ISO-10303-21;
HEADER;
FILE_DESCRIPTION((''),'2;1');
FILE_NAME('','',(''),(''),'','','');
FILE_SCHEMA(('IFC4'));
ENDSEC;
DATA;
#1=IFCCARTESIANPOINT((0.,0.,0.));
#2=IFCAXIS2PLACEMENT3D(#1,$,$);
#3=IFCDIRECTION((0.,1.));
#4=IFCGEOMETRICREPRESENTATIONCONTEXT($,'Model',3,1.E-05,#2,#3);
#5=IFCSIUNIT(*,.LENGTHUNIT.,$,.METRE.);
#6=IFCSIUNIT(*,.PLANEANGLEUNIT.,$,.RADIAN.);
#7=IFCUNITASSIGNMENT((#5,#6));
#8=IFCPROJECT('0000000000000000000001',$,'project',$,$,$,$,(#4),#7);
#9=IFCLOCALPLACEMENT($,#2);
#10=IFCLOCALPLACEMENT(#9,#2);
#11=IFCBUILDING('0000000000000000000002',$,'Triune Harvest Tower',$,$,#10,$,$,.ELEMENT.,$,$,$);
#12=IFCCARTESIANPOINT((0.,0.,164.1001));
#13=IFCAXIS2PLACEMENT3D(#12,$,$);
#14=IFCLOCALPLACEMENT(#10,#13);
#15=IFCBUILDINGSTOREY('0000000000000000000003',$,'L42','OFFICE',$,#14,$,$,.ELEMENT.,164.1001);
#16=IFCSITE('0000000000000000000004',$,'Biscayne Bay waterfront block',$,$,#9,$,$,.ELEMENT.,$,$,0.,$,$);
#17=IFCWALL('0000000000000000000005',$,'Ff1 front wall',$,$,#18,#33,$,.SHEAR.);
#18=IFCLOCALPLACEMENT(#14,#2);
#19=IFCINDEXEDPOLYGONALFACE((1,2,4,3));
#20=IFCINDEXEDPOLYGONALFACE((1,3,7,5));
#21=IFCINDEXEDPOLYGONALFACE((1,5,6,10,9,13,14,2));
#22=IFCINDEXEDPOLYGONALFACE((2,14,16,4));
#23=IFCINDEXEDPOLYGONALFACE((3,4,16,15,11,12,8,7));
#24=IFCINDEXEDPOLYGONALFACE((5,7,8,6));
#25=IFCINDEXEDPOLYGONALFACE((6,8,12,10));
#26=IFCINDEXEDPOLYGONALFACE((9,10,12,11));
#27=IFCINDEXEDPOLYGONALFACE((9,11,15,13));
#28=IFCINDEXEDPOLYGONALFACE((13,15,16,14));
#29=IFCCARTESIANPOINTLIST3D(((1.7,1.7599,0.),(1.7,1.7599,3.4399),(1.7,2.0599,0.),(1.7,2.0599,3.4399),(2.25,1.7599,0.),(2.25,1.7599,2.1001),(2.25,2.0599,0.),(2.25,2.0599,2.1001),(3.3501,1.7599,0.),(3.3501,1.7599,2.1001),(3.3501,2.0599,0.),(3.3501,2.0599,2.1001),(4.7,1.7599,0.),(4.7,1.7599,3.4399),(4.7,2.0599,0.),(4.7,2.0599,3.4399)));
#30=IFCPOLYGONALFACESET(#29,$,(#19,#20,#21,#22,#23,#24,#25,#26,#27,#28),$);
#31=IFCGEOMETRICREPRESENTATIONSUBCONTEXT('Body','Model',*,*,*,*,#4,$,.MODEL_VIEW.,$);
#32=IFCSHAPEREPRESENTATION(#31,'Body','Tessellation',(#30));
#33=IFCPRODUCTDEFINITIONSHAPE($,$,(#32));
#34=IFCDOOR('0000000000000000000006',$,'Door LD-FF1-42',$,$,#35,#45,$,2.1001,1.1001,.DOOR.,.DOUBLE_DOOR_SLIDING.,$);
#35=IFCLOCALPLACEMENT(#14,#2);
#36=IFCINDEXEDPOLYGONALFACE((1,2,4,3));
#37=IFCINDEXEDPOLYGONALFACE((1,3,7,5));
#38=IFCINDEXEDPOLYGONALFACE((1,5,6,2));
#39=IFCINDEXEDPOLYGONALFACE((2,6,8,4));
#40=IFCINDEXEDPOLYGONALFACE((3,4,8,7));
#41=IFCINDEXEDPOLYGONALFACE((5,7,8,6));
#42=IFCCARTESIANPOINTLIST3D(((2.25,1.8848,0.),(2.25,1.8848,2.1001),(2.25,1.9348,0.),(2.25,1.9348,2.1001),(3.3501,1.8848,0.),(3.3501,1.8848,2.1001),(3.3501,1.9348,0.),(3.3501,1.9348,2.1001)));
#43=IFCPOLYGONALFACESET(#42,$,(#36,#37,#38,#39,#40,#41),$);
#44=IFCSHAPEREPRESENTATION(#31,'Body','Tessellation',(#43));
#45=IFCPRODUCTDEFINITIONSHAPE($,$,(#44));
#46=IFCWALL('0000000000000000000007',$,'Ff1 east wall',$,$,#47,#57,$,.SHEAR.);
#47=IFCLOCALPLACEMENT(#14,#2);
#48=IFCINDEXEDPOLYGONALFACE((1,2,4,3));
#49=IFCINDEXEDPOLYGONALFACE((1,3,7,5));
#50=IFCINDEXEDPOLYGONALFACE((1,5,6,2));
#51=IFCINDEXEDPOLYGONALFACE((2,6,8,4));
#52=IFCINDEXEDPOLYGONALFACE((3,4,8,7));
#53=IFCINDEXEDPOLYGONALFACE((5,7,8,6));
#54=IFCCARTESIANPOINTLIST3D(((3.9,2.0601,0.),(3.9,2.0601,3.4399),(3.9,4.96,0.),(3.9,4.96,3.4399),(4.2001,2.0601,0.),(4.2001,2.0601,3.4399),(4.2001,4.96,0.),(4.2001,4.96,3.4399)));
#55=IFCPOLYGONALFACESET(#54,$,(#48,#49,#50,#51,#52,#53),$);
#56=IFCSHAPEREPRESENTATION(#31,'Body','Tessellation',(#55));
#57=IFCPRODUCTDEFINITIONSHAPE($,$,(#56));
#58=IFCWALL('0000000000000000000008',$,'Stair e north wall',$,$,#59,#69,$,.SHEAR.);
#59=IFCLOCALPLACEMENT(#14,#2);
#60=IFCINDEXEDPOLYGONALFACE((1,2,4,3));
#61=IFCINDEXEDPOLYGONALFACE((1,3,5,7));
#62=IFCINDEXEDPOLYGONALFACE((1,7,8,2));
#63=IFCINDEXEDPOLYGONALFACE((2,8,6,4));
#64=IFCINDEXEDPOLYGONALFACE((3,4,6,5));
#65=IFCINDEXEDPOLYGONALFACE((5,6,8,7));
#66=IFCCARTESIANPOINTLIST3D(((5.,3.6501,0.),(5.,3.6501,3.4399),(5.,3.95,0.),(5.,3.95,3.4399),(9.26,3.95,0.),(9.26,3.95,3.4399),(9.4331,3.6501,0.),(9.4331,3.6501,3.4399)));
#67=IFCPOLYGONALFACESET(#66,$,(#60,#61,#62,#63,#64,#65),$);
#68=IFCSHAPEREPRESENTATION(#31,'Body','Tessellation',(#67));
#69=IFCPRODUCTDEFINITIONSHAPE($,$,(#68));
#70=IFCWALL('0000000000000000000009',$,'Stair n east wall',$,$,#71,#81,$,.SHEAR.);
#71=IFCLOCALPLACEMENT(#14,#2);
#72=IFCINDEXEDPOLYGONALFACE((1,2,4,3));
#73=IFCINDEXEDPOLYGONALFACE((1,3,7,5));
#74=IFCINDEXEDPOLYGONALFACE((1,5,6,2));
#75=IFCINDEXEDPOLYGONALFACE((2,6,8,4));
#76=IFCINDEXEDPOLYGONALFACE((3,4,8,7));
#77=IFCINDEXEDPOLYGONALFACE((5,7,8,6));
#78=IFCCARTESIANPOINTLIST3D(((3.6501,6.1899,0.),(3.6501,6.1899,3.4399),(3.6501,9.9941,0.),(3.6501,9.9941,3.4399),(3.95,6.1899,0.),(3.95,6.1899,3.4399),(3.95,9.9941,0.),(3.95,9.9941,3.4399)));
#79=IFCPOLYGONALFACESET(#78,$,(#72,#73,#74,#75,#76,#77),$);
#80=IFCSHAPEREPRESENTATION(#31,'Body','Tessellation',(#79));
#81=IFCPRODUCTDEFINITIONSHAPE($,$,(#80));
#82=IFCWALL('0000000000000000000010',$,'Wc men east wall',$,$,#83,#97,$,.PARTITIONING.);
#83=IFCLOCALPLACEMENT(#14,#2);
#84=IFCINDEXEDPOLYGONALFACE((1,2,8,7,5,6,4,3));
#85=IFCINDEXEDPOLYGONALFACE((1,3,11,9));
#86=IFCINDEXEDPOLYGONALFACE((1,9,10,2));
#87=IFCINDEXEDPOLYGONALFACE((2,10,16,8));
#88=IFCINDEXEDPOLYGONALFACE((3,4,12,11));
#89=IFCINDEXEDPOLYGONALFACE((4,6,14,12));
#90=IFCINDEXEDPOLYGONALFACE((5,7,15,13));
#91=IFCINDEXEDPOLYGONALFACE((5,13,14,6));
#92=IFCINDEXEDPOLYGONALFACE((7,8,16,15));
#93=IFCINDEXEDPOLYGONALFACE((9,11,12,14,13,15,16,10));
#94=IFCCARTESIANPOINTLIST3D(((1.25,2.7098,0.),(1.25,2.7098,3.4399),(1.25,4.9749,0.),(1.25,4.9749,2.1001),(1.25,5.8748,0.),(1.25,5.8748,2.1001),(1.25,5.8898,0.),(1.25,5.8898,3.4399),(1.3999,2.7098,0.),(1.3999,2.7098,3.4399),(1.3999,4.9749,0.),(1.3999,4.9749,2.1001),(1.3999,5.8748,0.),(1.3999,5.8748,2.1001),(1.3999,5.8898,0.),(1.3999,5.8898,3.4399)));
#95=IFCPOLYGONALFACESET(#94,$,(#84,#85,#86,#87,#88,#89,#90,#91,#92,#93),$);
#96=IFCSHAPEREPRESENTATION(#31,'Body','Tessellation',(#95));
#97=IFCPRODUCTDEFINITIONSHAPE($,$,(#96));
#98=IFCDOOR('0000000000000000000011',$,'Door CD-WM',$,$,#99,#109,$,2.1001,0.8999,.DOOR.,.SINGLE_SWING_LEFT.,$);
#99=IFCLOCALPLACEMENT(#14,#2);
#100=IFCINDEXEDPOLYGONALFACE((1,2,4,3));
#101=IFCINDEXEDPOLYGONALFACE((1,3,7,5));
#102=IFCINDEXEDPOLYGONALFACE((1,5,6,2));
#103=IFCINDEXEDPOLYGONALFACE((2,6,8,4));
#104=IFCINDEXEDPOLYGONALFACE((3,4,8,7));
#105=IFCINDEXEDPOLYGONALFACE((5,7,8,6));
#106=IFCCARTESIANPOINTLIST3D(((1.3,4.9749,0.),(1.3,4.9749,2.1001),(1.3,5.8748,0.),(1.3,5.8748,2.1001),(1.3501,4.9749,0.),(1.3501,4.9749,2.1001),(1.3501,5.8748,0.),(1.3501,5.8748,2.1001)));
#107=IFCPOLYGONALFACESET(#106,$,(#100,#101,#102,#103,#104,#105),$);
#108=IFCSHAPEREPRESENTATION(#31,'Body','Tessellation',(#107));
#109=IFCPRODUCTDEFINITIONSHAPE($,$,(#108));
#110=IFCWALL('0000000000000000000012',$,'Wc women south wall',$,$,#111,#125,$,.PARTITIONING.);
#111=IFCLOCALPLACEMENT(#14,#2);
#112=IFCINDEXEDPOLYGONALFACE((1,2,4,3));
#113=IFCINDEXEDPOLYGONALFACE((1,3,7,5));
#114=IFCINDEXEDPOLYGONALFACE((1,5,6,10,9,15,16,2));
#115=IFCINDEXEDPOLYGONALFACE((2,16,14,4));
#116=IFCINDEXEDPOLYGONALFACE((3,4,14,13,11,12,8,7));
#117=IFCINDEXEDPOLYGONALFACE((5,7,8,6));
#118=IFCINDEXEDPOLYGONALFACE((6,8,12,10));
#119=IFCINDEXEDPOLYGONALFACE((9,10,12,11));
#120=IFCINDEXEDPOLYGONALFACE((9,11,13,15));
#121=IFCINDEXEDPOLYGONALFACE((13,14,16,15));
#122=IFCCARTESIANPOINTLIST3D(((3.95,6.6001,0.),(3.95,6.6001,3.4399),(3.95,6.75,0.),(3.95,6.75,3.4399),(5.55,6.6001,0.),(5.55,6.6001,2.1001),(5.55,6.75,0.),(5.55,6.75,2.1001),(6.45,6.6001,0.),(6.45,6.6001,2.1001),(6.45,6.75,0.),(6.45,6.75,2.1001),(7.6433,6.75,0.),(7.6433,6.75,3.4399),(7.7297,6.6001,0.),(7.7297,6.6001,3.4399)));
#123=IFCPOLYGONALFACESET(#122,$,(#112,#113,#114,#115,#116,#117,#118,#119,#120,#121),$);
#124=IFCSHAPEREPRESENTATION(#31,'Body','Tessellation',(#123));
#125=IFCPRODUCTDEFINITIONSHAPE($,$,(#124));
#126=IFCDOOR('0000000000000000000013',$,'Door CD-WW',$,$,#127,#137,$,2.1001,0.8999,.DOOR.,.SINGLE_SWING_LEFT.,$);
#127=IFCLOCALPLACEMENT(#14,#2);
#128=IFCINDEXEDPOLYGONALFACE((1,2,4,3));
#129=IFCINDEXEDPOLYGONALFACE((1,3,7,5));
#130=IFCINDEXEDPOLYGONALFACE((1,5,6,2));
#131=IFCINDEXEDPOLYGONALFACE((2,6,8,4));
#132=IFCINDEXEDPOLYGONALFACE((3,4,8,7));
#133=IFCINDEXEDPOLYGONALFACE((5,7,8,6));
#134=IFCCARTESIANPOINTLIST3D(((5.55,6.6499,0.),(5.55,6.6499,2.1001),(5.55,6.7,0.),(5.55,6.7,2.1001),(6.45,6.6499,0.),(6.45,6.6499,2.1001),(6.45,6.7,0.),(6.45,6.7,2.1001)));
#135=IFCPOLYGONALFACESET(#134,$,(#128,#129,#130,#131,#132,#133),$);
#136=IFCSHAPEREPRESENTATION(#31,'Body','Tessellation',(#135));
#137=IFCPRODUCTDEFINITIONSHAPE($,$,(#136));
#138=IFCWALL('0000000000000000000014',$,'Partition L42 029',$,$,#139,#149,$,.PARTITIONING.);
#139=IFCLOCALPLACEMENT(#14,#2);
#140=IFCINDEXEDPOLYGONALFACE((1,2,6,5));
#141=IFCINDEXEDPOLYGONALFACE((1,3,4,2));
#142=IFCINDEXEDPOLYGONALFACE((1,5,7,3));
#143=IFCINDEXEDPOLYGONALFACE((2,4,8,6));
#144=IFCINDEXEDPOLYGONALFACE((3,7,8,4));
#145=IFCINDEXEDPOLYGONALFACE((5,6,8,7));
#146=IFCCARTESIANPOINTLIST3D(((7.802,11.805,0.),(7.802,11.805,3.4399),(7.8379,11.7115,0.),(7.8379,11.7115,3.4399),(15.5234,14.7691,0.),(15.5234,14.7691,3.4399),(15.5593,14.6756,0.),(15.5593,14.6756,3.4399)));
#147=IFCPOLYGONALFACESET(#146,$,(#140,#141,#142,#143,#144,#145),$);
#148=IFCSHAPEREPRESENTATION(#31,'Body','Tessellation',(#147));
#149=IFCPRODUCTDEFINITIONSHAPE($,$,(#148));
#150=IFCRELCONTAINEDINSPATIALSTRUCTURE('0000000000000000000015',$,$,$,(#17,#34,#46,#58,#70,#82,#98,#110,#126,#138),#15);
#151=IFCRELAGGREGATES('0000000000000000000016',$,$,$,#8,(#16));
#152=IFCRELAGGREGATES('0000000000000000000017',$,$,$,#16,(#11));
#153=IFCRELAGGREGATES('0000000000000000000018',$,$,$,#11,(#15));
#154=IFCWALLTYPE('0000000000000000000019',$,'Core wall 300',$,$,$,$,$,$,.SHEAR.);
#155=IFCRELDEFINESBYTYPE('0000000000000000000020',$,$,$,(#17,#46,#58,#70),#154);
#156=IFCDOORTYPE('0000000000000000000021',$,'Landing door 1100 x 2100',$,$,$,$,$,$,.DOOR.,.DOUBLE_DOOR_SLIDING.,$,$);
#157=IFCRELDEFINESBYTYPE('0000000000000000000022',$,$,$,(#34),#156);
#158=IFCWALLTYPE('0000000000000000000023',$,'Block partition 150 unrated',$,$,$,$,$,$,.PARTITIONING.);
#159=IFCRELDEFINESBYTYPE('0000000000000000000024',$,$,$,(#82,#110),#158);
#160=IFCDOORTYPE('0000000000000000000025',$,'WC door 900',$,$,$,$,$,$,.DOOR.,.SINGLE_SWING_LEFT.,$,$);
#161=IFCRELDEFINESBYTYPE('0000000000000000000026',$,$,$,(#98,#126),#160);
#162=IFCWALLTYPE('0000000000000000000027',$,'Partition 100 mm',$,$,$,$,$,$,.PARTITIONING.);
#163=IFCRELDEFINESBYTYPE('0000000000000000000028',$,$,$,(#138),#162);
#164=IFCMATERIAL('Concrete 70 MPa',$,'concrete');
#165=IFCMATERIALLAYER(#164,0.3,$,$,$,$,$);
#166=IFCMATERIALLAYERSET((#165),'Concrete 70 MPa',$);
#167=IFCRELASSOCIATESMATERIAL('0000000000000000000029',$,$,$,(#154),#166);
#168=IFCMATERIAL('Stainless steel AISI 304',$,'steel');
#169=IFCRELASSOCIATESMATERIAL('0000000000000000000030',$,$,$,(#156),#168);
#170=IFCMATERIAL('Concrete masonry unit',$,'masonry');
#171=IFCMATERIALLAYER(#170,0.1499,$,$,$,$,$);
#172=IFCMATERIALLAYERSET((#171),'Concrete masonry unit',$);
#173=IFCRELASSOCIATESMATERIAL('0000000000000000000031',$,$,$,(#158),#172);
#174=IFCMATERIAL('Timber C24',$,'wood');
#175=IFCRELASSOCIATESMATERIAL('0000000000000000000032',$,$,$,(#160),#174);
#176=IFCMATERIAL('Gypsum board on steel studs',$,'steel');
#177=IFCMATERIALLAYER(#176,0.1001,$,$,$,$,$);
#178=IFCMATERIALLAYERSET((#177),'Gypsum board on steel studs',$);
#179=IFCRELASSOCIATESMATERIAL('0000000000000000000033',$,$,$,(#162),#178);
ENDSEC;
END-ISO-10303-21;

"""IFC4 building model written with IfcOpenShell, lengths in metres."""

from ifc_helpers import new_model, si_unit, direction, frame, frame_2d, origin, place, context, subcontext, project, spatial, polyline, rectangle, outline, extrude, source, transform, mapped, material, layer, layer_set, type_object, element, fill, save


model = new_model("IFC4")

# Units and contexts
model_context = context("Model", 3, precision=1e-05, world=origin(), true_north=direction((0.0, 1.0)))
body_context = subcontext(model_context, "Body", "Model", "MODEL_VIEW")
ifc_project = project(units=[si_unit("LENGTHUNIT", "METRE"), si_unit("PLANEANGLEUNIT", "RADIAN")], contexts=[model_context])

# Site, building, storey
site_placement = place(None, origin())
site = spatial("IfcSite", under=ifc_project, at=site_placement, Name="Biscayne Bay waterfront block", CompositionType="ELEMENT", RefElevation=0.0)
building_placement = place(site_placement, origin())
building = spatial("IfcBuilding", under=site, at=building_placement, Name="Triune Harvest Tower", CompositionType="ELEMENT")
storey_placement = place(building_placement, frame((0.0, 0.0, 164.1001)))
storey = spatial("IfcBuildingStorey", under=building, at=storey_placement, Name="L42", Description="OFFICE", CompositionType="ELEMENT", Elevation=164.1001)

# Shared definitions
ifc_material_1 = material(Name="Concrete 70 MPa", Category="concrete")
ifc_layer_1 = layer(ifc_material_1, 0.3)
ifc_layer_set_1 = layer_set([ifc_layer_1], Name="Concrete 70 MPa")
wall_type_1 = type_object("IfcWallType", Name="Core wall 300", PredefinedType="SHEAR", material=ifc_layer_set_1)

# Wall, opening, door
shared_shape_1 = source(origin(), body_context, "Body", "SweptSolid", [
    extrude(rectangle(XDim=3.0, YDim=0.3, at=frame_2d((1.5, 0.0))), origin(), (0.0, 0.0, 1.0), 3.4399),
])
wall_1_placement = place(storey_placement, frame((1.7, 1.9099, 0.0), z_axis=(0.0, 0.0, 1.0), x_axis=(1.0, 0.0, 0.0)))
wall_1 = element("IfcWall", 1, at=wall_1_placement, inside=storey, type_object=wall_type_1, Name="Ff1 front wall", PredefinedType="SHEAR", context=body_context, shape_type="MappedRepresentation", body=[
    mapped(shared_shape_1, transform((0.0, 0.0, 0.0), scale=1.0)),
])
opening_1_placement = place(wall_1_placement, frame((0.55, 0.0, 0.0)))
opening_1 = element("IfcOpeningElement", 2, at=opening_1_placement, cuts=wall_1, PredefinedType="OPENING", context=body_context, shape_type="SweptSolid", body=[
    extrude(rectangle(XDim=1.1001, YDim=2.1001, at=frame_2d((0.55, 1.05))), frame((0.0, 0.1602, 0.0), z_axis=(0.0, -1.0, 0.0), x_axis=(1.0, 0.0, 0.0)), (0.0, 0.0, 1.0), 0.3201),
])
ifc_material_2 = material(Name="Stainless steel AISI 304", Category="steel")
door_type_1 = type_object("IfcDoorType", Name="Landing door 1100 x 2100", OperationType="DOUBLE_DOOR_SLIDING", PredefinedType="DOOR", material=ifc_material_2)
door_1_placement = place(opening_1_placement, origin())
door_1 = element("IfcDoor", 3, at=door_1_placement, inside=storey, type_object=door_type_1, Name="Door LD-FF1-42", OperationType="DOUBLE_DOOR_SLIDING", OverallHeight=2.1001, OverallWidth=1.1001, PredefinedType="DOOR", context=body_context, shape_type="SweptSolid", body=[
    extrude(rectangle(XDim=1.1001, YDim=2.1001, at=frame_2d((0.55, 1.05))), frame((0.0, 0.0249, 0.0), z_axis=(0.0, -1.0, 0.0), x_axis=(1.0, 0.0, 0.0)), (0.0, 0.0, 1.0), 0.05),
])
fill(opening_1, door_1)

# Walls
shared_shape_2 = source(origin(), body_context, "Body", "SweptSolid", [
    extrude(rectangle(XDim=2.8999, YDim=0.3, at=frame_2d((1.45, 0.0))), origin(), (0.0, 0.0, 1.0), 3.4399),
])
wall_2_placement = place(storey_placement, frame((4.05, 2.0601, 0.0), z_axis=(0.0, 0.0, 1.0), x_axis=(0.0, 1.0, 0.0)))
element("IfcWall", 4, at=wall_2_placement, inside=storey, type_object=wall_type_1, Name="Ff1 east wall", PredefinedType="SHEAR", context=body_context, shape_type="MappedRepresentation", body=[
    mapped(shared_shape_2, transform((0.0, 0.0, 0.0), scale=1.0)),
])
shared_shape_3 = source(origin(), body_context, "Body", "SweptSolid", [
    extrude(outline(polyline([(0.0, -0.1499), (0.0, 0.1499), (4.26, 0.1499), (4.4331, -0.1499), (0.0, -0.1499)])), origin(), (0.0, 0.0, 1.0), 3.4399),
])
wall_3_placement = place(storey_placement, frame((5.0, 3.8, 0.0), z_axis=(0.0, 0.0, 1.0), x_axis=(1.0, 0.0, 0.0)))
element("IfcWall", 5, at=wall_3_placement, inside=storey, type_object=wall_type_1, Name="Stair e north wall", PredefinedType="SHEAR", context=body_context, shape_type="MappedRepresentation", body=[
    mapped(shared_shape_3, transform((0.0, 0.0, 0.0), scale=1.0)),
])
shared_shape_4 = source(origin(), body_context, "Body", "SweptSolid", [
    extrude(outline(polyline([(0.0, -0.1499), (0.0, 0.1499), (3.8042, 0.1499), (3.8042, -0.1499), (0.0, -0.1499)])), origin(), (0.0, 0.0, 1.0), 3.4399),
])
wall_4_placement = place(storey_placement, frame((3.8, 6.1899, 0.0), z_axis=(0.0, 0.0, 1.0), x_axis=(0.0, 1.0, 0.0)))
element("IfcWall", 6, at=wall_4_placement, inside=storey, type_object=wall_type_1, Name="Stair n east wall", PredefinedType="SHEAR", context=body_context, shape_type="MappedRepresentation", body=[
    mapped(shared_shape_4, transform((0.0, 0.0, 0.0), scale=1.0)),
])

# Walls, openings, doors
ifc_material_3 = material(Name="Concrete masonry unit", Category="masonry")
ifc_layer_2 = layer(ifc_material_3, 0.1499)
ifc_layer_set_2 = layer_set([ifc_layer_2], Name="Concrete masonry unit")
wall_type_2 = type_object("IfcWallType", Name="Block partition 150 unrated", PredefinedType="PARTITIONING", material=ifc_layer_set_2)
shared_shape_5 = source(origin(), body_context, "Body", "SweptSolid", [
    extrude(rectangle(XDim=3.1799, YDim=0.1499, at=frame_2d((1.5898, 0.0))), origin(), (0.0, 0.0, 1.0), 3.4399),
])
wall_5_placement = place(storey_placement, frame((1.325, 2.71, 0.0), z_axis=(0.0, 0.0, 1.0), x_axis=(0.0, 1.0, 0.0)))
wall_5 = element("IfcWall", 7, at=wall_5_placement, inside=storey, type_object=wall_type_2, Name="Wc men east wall", PredefinedType="PARTITIONING", context=body_context, shape_type="MappedRepresentation", body=[
    mapped(shared_shape_5, transform((0.0, 0.0, 0.0), scale=1.0)),
])
opening_2_placement = place(wall_5_placement, frame((2.2649, 0.0, 0.0)))
opening_2 = element("IfcOpeningElement", 8, at=opening_2_placement, cuts=wall_5, PredefinedType="OPENING", context=body_context, shape_type="SweptSolid", body=[
    extrude(rectangle(XDim=0.8999, YDim=2.1001, at=frame_2d((0.45, 1.05))), frame((0.0, 0.085, 0.0), z_axis=(0.0, -1.0, 0.0), x_axis=(1.0, 0.0, 0.0)), (0.0, 0.0, 1.0), 0.1699),
])
ifc_material_4 = material(Name="Timber C24", Category="wood")
door_type_2 = type_object("IfcDoorType", Name="WC door 900", OperationType="SINGLE_SWING_LEFT", PredefinedType="DOOR", material=ifc_material_4)
door_2_placement = place(opening_2_placement, origin())
door_2 = element("IfcDoor", 9, at=door_2_placement, inside=storey, type_object=door_type_2, Name="Door CD-WM", OperationType="SINGLE_SWING_LEFT", OverallHeight=2.1001, OverallWidth=0.8999, PredefinedType="DOOR", context=body_context, shape_type="SweptSolid", body=[
    extrude(rectangle(XDim=0.8999, YDim=2.1001, at=frame_2d((0.45, 1.05))), frame((0.0, 0.0249, 0.0), z_axis=(0.0, -1.0, 0.0), x_axis=(1.0, 0.0, 0.0)), (0.0, 0.0, 1.0), 0.05),
])
fill(opening_2, door_2)
shared_shape_6 = source(origin(), body_context, "Body", "SweptSolid", [
    extrude(outline(polyline([(0.0, -0.075), (0.0, 0.075), (3.6934, 0.075), (3.7798, -0.075), (0.0, -0.075)])), origin(), (0.0, 0.0, 1.0), 3.4399),
])
wall_6_placement = place(storey_placement, frame((3.95, 6.675, 0.0), z_axis=(0.0, 0.0, 1.0), x_axis=(1.0, 0.0, 0.0)))
wall_6 = element("IfcWall", 10, at=wall_6_placement, inside=storey, type_object=wall_type_2, Name="Wc women south wall", PredefinedType="PARTITIONING", context=body_context, shape_type="MappedRepresentation", body=[
    mapped(shared_shape_6, transform((0.0, 0.0, 0.0), scale=1.0)),
])
opening_3_placement = place(wall_6_placement, frame((1.6001, 0.0, 0.0)))
opening_3 = element("IfcOpeningElement", 11, at=opening_3_placement, cuts=wall_6, PredefinedType="OPENING", context=body_context, shape_type="SweptSolid", body=[
    extrude(rectangle(XDim=0.8999, YDim=2.1001, at=frame_2d((0.45, 1.05))), frame((0.0, 0.085, 0.0), z_axis=(0.0, -1.0, 0.0), x_axis=(1.0, 0.0, 0.0)), (0.0, 0.0, 1.0), 0.1699),
])
door_3_placement = place(opening_3_placement, origin())
door_3 = element("IfcDoor", 12, at=door_3_placement, inside=storey, type_object=door_type_2, Name="Door CD-WW", OperationType="SINGLE_SWING_LEFT", OverallHeight=2.1001, OverallWidth=0.8999, PredefinedType="DOOR", context=body_context, shape_type="SweptSolid", body=[
    extrude(rectangle(XDim=0.8999, YDim=2.1001, at=frame_2d((0.45, 1.05))), frame((0.0, 0.0249, 0.0), z_axis=(0.0, -1.0, 0.0), x_axis=(1.0, 0.0, 0.0)), (0.0, 0.0, 1.0), 0.05),
])
fill(opening_3, door_3)

# Wall
ifc_material_5 = material(Name="Gypsum board on steel studs", Category="steel")
ifc_layer_3 = layer(ifc_material_5, 0.1001)
ifc_layer_set_3 = layer_set([ifc_layer_3], Name="Gypsum board on steel studs")
wall_type_3 = type_object("IfcWallType", Name="Partition 100 mm", PredefinedType="PARTITIONING", material=ifc_layer_set_3)
shared_shape_7 = source(origin(), body_context, "Body", "SweptSolid", [
    extrude(rectangle(XDim=8.2708, YDim=0.1001, at=frame_2d((4.1353, 0.0))), origin(), (0.0, 0.0, 1.0), 3.4399),
])
wall_7_placement = place(storey_placement, frame((7.8201, 11.7583, 0.0), z_axis=(0.0, 0.0, 1.0), x_axis=(0.933575, 0.358382, 0.0)))
element("IfcWall", 13, at=wall_7_placement, inside=storey, type_object=wall_type_3, Name="Partition L42 029", PredefinedType="PARTITIONING", context=body_context, shape_type="MappedRepresentation", body=[
    mapped(shared_shape_7, transform((0.0, 0.0, 0.0), scale=1.0)),
])

save(model, "model.ifc")
